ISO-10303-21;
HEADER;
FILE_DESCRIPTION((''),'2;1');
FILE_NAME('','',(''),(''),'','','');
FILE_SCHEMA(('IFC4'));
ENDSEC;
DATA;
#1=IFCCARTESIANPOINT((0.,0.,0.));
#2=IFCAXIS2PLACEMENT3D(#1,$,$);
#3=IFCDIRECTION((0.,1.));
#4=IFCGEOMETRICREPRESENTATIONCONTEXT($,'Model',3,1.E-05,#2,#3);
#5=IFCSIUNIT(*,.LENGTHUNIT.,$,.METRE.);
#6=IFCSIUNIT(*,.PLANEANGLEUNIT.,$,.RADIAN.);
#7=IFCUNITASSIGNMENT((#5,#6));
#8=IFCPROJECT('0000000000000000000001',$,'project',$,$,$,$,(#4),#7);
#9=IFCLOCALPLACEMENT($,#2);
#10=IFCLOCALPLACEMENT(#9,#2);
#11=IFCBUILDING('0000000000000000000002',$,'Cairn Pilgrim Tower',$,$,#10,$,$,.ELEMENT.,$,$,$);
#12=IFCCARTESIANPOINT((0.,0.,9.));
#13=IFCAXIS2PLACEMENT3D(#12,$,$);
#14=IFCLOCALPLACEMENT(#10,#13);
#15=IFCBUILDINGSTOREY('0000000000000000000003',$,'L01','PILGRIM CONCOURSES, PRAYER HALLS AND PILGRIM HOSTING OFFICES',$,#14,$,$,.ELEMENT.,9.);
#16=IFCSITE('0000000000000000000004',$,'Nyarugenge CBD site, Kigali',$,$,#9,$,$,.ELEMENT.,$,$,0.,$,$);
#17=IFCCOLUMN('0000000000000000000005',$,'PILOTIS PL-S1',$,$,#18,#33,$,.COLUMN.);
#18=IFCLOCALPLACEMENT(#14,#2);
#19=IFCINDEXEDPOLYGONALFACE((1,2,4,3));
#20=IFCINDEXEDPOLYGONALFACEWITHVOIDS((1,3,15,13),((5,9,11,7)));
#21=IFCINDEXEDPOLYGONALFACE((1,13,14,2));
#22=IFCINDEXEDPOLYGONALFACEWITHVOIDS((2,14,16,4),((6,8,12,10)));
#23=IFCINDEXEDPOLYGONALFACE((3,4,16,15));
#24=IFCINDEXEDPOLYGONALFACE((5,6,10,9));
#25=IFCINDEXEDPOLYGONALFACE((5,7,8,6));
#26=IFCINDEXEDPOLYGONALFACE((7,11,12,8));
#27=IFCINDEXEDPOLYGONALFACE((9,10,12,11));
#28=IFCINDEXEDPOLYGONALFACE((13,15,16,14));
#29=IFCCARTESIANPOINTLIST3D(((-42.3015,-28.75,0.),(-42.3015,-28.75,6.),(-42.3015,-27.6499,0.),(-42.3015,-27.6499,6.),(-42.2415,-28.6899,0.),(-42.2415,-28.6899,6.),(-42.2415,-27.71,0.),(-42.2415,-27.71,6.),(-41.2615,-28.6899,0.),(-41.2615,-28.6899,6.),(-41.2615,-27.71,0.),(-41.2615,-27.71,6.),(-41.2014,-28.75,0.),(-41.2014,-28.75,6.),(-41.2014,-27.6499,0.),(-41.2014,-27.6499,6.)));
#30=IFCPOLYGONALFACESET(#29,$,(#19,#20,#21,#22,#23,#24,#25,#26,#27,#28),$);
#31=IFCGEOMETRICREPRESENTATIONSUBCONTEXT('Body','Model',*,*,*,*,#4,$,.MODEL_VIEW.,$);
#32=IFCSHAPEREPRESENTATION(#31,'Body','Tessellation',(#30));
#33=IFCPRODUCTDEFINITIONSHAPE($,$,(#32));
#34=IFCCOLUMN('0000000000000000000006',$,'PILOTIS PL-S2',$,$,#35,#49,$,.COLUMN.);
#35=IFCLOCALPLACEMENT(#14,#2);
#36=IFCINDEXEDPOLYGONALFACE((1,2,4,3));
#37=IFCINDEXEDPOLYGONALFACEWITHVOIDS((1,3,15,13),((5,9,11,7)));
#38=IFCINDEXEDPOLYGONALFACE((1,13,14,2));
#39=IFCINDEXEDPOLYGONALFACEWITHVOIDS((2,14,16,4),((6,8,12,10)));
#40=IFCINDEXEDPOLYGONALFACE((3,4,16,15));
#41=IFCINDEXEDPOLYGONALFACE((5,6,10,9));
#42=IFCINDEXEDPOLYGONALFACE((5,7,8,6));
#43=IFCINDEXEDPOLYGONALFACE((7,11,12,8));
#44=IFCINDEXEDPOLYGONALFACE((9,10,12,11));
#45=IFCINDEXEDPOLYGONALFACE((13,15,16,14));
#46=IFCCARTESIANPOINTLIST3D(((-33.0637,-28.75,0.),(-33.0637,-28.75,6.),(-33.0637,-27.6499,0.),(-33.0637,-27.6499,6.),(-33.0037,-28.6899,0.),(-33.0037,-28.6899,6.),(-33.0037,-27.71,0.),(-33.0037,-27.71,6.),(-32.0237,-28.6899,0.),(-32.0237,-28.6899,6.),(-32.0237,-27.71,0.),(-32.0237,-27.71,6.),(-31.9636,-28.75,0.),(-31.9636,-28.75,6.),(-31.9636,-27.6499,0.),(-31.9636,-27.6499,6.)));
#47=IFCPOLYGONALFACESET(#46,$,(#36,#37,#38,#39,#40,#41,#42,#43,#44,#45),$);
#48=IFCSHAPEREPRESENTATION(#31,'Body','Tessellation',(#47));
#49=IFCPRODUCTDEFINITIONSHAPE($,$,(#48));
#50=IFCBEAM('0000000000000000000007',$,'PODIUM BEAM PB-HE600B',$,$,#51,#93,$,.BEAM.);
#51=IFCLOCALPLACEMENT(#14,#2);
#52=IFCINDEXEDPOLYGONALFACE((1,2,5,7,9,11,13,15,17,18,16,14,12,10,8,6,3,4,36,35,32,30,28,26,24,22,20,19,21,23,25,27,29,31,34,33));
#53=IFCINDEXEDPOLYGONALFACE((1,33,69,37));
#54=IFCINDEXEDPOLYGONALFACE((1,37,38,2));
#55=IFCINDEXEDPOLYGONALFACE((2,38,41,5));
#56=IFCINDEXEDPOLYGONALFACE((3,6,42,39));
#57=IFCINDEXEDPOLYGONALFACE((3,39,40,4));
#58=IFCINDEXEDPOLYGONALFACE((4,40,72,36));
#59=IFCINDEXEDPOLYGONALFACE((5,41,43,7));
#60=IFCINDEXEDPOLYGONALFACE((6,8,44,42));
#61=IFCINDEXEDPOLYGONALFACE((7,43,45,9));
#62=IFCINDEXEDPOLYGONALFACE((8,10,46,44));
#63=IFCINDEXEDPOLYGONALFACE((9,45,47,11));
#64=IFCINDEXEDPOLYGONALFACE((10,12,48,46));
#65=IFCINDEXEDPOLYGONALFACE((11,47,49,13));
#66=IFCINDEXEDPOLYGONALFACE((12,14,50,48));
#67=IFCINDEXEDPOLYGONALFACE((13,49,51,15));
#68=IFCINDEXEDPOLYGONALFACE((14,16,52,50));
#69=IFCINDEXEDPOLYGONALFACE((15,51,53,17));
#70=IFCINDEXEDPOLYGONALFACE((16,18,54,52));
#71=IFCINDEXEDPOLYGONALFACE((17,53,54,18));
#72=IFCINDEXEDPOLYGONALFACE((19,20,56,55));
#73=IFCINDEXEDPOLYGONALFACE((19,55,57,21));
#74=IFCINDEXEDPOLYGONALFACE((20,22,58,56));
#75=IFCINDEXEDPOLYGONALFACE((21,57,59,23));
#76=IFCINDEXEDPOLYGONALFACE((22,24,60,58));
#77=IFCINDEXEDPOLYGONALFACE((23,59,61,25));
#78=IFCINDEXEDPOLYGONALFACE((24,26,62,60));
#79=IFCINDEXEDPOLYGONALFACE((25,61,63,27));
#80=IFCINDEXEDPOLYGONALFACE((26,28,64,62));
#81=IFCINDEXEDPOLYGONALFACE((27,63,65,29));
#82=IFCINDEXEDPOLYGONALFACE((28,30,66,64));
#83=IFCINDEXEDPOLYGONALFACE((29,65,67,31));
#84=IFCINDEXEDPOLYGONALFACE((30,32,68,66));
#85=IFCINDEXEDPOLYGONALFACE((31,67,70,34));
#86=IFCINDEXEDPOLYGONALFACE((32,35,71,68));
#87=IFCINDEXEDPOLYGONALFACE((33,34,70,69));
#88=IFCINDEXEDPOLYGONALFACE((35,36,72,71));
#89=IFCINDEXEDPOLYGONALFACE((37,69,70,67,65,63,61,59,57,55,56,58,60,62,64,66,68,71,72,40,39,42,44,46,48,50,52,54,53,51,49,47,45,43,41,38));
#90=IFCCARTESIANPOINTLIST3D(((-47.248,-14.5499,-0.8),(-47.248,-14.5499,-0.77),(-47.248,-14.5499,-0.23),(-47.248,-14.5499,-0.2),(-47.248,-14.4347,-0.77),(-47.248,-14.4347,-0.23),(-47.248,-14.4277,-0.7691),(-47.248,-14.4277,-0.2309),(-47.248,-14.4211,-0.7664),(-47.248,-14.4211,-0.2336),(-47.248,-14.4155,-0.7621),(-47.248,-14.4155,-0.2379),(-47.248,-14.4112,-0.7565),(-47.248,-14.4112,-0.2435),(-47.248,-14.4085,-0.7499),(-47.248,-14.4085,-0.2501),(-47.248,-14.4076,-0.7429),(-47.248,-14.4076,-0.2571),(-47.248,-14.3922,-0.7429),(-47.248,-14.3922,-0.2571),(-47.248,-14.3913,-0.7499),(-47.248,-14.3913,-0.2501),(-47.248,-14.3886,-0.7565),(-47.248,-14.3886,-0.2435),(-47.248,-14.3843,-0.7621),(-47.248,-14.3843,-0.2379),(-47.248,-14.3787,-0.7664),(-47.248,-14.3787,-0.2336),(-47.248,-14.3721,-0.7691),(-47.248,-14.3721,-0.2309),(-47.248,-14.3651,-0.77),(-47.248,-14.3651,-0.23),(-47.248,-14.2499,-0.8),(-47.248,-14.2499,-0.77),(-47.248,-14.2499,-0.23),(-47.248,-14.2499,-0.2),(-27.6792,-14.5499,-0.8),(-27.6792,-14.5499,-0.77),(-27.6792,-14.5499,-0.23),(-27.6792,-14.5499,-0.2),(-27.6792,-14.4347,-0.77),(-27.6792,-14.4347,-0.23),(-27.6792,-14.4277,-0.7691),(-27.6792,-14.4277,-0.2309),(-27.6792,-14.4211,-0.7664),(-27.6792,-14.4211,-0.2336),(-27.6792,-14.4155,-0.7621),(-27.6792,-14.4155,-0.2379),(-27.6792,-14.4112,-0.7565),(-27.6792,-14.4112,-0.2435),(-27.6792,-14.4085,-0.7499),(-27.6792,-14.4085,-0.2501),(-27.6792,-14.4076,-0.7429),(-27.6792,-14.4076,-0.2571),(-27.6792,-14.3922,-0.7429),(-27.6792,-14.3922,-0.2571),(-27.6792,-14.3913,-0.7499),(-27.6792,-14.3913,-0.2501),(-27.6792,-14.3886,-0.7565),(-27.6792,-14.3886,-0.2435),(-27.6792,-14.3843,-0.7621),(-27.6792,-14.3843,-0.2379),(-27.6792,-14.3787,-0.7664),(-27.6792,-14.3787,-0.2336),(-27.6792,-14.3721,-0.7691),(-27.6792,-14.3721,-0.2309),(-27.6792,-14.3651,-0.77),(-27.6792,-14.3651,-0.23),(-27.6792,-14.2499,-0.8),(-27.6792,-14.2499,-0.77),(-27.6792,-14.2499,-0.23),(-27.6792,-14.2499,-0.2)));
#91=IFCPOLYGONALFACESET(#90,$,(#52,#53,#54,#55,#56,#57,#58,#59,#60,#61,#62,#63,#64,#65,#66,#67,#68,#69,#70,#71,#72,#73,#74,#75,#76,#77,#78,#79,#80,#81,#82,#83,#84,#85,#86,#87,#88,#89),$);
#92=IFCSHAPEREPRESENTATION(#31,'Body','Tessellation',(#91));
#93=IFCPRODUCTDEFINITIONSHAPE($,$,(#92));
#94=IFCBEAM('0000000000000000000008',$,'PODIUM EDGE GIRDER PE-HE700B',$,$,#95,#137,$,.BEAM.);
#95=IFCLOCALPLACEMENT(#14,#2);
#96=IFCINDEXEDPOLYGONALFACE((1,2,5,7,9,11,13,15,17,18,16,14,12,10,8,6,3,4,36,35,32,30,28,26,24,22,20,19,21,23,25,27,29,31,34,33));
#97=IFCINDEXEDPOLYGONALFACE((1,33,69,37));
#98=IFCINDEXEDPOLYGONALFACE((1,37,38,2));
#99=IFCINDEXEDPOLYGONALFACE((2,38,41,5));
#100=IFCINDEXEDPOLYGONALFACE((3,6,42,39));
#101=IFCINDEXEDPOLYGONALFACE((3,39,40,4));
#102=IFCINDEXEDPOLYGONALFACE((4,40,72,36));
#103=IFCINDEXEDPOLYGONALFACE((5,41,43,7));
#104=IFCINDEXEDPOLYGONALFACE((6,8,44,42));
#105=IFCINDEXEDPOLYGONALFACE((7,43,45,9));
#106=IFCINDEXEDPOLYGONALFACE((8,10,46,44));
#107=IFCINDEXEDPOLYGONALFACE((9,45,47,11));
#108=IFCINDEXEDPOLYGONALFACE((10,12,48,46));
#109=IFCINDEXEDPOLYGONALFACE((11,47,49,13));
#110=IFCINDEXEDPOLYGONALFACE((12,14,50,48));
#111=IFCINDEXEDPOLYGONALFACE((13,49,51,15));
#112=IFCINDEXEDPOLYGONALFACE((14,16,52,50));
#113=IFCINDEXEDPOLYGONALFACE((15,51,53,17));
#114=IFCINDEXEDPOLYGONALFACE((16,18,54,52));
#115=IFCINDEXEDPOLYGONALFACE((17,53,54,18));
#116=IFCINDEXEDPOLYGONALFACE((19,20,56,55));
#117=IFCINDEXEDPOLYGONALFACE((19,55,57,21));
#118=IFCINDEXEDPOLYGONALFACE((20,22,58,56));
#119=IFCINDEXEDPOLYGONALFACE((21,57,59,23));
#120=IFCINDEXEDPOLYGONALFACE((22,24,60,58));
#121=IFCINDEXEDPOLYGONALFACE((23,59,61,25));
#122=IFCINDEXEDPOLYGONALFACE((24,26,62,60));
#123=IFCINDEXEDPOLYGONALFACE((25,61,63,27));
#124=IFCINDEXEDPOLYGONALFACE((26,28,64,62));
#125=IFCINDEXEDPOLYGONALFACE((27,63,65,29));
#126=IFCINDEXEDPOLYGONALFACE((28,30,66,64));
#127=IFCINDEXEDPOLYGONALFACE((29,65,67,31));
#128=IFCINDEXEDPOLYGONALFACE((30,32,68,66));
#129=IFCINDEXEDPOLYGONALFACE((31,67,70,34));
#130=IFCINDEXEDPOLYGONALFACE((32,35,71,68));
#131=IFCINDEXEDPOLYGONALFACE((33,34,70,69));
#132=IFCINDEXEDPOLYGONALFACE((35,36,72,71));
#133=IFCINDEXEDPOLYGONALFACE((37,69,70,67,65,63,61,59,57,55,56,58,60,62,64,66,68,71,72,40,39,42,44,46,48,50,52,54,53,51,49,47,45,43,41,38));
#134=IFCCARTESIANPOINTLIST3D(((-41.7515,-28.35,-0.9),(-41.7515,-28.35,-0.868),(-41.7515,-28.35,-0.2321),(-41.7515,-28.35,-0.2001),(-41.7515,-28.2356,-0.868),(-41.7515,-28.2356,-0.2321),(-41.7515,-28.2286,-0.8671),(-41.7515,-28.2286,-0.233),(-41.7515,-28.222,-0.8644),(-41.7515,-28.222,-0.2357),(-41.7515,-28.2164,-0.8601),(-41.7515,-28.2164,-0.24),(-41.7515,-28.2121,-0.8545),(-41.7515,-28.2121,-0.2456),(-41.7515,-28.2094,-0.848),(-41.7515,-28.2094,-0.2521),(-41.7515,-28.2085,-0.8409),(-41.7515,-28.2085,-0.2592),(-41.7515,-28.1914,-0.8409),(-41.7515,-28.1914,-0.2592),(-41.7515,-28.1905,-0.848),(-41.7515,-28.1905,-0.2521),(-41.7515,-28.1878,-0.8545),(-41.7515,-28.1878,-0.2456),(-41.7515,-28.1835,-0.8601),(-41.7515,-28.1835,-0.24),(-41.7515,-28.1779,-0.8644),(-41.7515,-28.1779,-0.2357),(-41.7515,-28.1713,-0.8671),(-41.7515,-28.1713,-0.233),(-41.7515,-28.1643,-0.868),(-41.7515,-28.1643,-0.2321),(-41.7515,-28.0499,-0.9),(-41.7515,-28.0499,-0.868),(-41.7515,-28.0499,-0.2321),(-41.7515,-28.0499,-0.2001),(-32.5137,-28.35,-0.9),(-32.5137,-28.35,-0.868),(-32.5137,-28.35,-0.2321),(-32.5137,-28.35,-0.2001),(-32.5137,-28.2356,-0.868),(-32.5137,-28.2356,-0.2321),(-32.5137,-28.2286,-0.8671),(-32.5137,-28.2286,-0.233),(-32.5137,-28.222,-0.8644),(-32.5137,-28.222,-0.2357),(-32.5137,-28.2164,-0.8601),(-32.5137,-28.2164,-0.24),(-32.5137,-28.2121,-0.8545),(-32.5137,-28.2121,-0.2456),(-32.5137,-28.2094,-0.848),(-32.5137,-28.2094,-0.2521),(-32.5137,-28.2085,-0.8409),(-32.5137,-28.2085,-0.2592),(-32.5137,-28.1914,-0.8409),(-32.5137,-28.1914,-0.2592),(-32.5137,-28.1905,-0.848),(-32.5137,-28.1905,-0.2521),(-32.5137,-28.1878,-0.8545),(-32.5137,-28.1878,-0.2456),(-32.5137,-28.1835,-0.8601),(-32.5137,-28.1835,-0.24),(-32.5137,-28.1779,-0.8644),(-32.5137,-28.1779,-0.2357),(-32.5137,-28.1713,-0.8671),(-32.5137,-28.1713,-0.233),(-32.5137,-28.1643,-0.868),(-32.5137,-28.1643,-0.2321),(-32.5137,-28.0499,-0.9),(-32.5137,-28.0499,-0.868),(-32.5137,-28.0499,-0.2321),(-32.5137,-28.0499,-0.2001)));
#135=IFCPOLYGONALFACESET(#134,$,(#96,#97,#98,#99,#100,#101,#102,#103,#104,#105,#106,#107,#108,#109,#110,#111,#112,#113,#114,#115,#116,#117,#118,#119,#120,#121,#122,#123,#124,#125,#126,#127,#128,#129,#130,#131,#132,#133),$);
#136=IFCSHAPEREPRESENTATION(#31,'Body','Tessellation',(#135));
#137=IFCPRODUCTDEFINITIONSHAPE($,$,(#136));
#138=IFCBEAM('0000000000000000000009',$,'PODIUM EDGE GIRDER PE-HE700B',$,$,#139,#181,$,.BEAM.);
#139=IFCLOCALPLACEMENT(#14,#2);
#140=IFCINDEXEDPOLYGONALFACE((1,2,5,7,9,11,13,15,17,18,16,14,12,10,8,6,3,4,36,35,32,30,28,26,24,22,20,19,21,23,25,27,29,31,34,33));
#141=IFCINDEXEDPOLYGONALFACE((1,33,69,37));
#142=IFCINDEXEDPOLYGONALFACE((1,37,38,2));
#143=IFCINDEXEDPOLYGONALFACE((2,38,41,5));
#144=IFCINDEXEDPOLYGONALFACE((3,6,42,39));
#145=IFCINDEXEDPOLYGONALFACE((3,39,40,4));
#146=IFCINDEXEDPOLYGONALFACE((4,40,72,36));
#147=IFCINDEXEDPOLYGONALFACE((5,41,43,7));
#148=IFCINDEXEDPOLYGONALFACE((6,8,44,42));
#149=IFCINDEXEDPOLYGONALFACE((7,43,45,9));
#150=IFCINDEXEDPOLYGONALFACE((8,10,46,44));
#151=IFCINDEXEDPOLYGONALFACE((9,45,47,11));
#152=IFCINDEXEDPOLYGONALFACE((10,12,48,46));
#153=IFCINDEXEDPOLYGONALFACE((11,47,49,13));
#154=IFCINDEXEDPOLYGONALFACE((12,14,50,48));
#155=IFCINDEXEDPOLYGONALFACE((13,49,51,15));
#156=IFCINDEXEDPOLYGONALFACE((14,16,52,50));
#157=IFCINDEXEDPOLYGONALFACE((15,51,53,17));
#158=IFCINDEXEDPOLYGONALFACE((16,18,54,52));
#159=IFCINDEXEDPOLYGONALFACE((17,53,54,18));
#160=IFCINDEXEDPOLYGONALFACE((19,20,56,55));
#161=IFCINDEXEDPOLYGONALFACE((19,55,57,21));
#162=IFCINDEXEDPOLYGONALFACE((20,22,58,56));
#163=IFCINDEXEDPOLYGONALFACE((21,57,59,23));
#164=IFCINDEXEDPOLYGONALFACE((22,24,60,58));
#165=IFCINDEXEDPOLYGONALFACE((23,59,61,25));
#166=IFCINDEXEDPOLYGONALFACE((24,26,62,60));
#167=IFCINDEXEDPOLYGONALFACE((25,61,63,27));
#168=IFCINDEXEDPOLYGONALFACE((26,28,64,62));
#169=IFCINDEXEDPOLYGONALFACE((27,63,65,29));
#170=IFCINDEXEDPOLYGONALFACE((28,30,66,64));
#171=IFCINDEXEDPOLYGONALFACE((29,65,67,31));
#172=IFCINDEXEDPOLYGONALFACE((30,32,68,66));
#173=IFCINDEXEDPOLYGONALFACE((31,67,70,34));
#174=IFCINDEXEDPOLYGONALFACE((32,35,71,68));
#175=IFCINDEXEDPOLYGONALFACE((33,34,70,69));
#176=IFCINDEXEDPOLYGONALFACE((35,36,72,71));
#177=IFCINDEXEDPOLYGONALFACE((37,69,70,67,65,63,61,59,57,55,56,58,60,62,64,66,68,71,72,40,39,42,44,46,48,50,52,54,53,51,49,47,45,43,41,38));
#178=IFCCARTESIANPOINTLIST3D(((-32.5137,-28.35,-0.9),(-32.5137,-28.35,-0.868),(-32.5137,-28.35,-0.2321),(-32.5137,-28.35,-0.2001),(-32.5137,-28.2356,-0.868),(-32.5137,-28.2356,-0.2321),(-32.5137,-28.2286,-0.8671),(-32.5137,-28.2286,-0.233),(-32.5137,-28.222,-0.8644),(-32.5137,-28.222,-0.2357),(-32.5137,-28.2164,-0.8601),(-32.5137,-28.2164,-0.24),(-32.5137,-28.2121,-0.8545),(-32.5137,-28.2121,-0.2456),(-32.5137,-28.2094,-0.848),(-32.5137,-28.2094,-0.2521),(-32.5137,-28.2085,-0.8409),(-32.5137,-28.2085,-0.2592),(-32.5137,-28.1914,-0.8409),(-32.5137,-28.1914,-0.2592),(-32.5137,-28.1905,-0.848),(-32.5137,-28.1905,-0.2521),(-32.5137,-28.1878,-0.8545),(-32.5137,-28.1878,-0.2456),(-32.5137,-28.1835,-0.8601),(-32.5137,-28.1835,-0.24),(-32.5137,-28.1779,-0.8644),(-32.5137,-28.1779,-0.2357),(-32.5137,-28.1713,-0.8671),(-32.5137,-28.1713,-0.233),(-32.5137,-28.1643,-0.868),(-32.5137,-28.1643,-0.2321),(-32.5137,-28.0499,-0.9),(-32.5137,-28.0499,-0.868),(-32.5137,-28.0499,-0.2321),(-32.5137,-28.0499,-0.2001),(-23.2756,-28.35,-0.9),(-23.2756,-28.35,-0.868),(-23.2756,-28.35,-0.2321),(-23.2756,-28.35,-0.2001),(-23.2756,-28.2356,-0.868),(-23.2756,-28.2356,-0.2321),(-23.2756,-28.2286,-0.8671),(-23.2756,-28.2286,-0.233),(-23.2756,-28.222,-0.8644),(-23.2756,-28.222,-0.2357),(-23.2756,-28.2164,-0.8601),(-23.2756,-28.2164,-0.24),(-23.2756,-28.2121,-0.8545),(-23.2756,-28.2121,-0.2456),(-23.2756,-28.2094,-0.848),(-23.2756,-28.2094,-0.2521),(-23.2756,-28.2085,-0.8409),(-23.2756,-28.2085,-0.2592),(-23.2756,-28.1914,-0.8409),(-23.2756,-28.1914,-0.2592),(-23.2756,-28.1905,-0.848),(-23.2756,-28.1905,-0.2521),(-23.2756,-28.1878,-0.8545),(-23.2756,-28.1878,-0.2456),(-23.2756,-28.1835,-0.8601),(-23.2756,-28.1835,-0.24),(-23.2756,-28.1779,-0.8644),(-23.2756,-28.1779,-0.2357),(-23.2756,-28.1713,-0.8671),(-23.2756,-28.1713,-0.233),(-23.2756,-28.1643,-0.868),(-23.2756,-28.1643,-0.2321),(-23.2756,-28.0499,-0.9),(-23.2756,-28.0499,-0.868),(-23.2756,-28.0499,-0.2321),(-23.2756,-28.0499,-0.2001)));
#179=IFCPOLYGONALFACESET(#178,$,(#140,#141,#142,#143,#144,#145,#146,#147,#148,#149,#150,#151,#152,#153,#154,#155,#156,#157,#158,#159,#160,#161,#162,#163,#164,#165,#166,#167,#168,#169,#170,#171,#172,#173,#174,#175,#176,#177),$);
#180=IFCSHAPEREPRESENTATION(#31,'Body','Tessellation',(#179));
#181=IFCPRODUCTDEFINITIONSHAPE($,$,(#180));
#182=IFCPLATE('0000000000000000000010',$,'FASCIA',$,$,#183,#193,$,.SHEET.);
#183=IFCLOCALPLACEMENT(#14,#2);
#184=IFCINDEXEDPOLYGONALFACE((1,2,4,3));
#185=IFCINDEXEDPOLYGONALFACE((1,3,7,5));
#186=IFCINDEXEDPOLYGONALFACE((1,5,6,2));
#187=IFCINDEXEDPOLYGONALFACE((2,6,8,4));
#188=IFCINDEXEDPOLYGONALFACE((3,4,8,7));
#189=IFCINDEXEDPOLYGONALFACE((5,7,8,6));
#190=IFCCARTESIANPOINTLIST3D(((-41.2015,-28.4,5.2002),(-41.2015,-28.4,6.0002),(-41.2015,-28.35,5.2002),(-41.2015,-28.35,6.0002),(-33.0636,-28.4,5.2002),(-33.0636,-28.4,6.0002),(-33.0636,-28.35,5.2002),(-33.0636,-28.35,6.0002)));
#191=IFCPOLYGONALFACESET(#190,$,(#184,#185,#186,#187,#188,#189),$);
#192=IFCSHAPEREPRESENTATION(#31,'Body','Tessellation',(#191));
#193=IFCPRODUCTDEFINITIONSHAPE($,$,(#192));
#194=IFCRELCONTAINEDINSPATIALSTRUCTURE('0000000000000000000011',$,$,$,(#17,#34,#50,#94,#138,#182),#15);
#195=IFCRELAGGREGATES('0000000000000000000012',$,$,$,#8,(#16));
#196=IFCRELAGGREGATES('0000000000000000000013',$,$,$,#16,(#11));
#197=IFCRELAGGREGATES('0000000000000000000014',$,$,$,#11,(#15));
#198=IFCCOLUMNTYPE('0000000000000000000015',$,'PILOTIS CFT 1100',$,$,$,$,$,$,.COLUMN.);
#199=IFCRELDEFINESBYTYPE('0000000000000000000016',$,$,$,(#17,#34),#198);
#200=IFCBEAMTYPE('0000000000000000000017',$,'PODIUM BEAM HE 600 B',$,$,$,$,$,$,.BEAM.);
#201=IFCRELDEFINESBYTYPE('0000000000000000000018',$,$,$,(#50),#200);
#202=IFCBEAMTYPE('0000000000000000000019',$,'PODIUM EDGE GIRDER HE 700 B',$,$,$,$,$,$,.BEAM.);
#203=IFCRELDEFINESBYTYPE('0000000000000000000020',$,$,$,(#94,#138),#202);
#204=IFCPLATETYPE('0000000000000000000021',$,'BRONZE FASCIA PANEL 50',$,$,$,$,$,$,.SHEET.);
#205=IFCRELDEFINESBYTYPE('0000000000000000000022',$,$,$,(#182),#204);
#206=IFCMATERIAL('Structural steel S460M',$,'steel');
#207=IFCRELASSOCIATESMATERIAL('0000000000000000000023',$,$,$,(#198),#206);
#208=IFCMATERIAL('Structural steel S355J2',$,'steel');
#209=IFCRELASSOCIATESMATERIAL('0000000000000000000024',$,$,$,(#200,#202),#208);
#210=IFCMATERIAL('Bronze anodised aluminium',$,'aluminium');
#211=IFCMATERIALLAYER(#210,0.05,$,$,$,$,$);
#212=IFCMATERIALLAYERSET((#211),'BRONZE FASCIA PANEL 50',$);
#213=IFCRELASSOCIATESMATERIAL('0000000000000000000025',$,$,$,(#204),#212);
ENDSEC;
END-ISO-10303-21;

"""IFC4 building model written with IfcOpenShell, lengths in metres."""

from ifc_helpers import new_model, si_unit, direction, frame, origin, origin_2d, place, context, subcontext, project, spatial, rectangle, hollow_rectangle, i_section, extrude, material, layer, layer_set, material_profile, profile_set, type_object, element, save


model = new_model("IFC4")

# Units and contexts
model_context = context("Model", 3, precision=1e-05, world=origin(), true_north=direction((0.0, 1.0)))
body_context = subcontext(model_context, "Body", "Model", "MODEL_VIEW")
ifc_project = project(units=[si_unit("LENGTHUNIT", "METRE"), si_unit("PLANEANGLEUNIT", "RADIAN")], contexts=[model_context])

# Site, building, storey
site_placement = place(None, origin())
site = spatial("IfcSite", under=ifc_project, at=site_placement, Name="Nyarugenge CBD site, Kigali", CompositionType="ELEMENT", RefElevation=0.0)
building_placement = place(site_placement, origin())
building = spatial("IfcBuilding", under=site, at=building_placement, Name="Cairn Pilgrim Tower", CompositionType="ELEMENT")
storey_placement = place(building_placement, frame((0.0, 0.0, 9.0)))
storey = spatial("IfcBuildingStorey", under=building, at=storey_placement, Name="L01", Description="PILGRIM CONCOURSES, PRAYER HALLS AND PILGRIM HOSTING OFFICES", CompositionType="ELEMENT", Elevation=9.0)

# Columns
ifc_material_1 = material(Name="Structural steel S460M", Category="steel")
ifc_material_profile_1 = material_profile(ifc_material_1, hollow_rectangle(XDim=1.1001, YDim=1.1001, WallThickness=0.0601, at=origin_2d()), Name="BOX 1100x1100x60")
ifc_profile_set_1 = profile_set([ifc_material_profile_1], Name="Structural steel S460M")
column_type = type_object("IfcColumnType", Name="PILOTIS CFT 1100", PredefinedType="COLUMN", material=ifc_profile_set_1)
for number, where, z_axis, x_axis, name in (
    (1, (-41.7515, -28.2, 0.0), (0.0, 0.0, 1.0), (1.0, 0.0, 0.0), "PILOTIS PL-S1"),
    (2, (-32.5137, -28.2, 0.0), (0.0, 0.0, 1.0), (1.0, 0.0, 0.0), "PILOTIS PL-S2"),
):
    element("IfcColumn", number, at=place(storey_placement, frame(where, z_axis=z_axis, x_axis=x_axis)), inside=storey, type_object=column_type, Name=name, PredefinedType="COLUMN", context=body_context, shape_type="SweptSolid", body=[
        extrude(hollow_rectangle(XDim=1.1001, YDim=1.1001, WallThickness=0.0601, at=origin_2d()), origin(), (0.0, 0.0, 1.0), 6.0),
    ])

# Beams
ifc_material_2 = material(Name="Structural steel S355J2", Category="steel")
ifc_material_profile_2 = material_profile(ifc_material_2, i_section(OverallWidth=0.3, OverallDepth=0.6001, WebThickness=0.0154, FlangeThickness=0.03, FilletRadius=0.0271, at=origin_2d()), Name="HEB 600")
ifc_profile_set_2 = profile_set([ifc_material_profile_2], Name="Structural steel S355J2")
beam_type_1 = type_object("IfcBeamType", Name="PODIUM BEAM HE 600 B", PredefinedType="BEAM", material=ifc_profile_set_2)
beam_1_placement = place(storey_placement, frame((-47.248, -14.3999, -0.5), z_axis=(1.0, 0.0, 0.0), x_axis=(0.0, 1.0, 0.0)))
element("IfcBeam", 3, at=beam_1_placement, inside=storey, type_object=beam_type_1, Name="PODIUM BEAM PB-HE600B", PredefinedType="BEAM", context=body_context, shape_type="SweptSolid", body=[
    extrude(i_section(OverallWidth=0.3, OverallDepth=0.6001, WebThickness=0.0154, FlangeThickness=0.03, FilletRadius=0.0271, at=origin_2d()), origin(), (0.0, 0.0, 1.0), 19.5688),
])
ifc_material_profile_3 = material_profile(ifc_material_2, i_section(OverallWidth=0.3, OverallDepth=0.7, WebThickness=0.0171, FlangeThickness=0.032, FilletRadius=0.0271, at=origin_2d()), Name="HEB 700")
ifc_profile_set_3 = profile_set([ifc_material_profile_3], Name="Structural steel S355J2")
beam_type_2 = type_object("IfcBeamType", Name="PODIUM EDGE GIRDER HE 700 B", PredefinedType="BEAM", material=ifc_profile_set_3)
beam_2_placement = place(storey_placement, frame((-41.7515, -28.2, -0.55), z_axis=(1.0, 0.0, 0.0), x_axis=(0.0, 1.0, 0.0)))
element("IfcBeam", 4, at=beam_2_placement, inside=storey, type_object=beam_type_2, Name="PODIUM EDGE GIRDER PE-HE700B", PredefinedType="BEAM", context=body_context, shape_type="SweptSolid", body=[
    extrude(i_section(OverallWidth=0.3, OverallDepth=0.7, WebThickness=0.0171, FlangeThickness=0.032, FilletRadius=0.0271, at=origin_2d()), origin(), (0.0, 0.0, 1.0), 9.2378),
])
beam_3_placement = place(storey_placement, frame((-32.5137, -28.2, -0.55), z_axis=(1.0, 0.0, 0.0), x_axis=(0.0, 1.0, 0.0)))
element("IfcBeam", 5, at=beam_3_placement, inside=storey, type_object=beam_type_2, Name="PODIUM EDGE GIRDER PE-HE700B", PredefinedType="BEAM", context=body_context, shape_type="SweptSolid", body=[
    extrude(i_section(OverallWidth=0.3, OverallDepth=0.7, WebThickness=0.0171, FlangeThickness=0.032, FilletRadius=0.0271, at=origin_2d()), origin(), (0.0, 0.0, 1.0), 9.238),
])

# Plate
ifc_material_3 = material(Name="Bronze anodised aluminium", Category="aluminium")
ifc_layer_1 = layer(ifc_material_3, 0.05)
ifc_layer_set_1 = layer_set([ifc_layer_1], Name="BRONZE FASCIA PANEL 50")
plate_type_1 = type_object("IfcPlateType", Name="BRONZE FASCIA PANEL 50", PredefinedType="SHEET", material=ifc_layer_set_1)
plate_1_placement = place(storey_placement, frame((-37.1326, -28.375, 5.2002), z_axis=(0.0, 0.0, 1.0), x_axis=(1.0, 0.0, 0.0)))
element("IfcPlate", 6, at=plate_1_placement, inside=storey, type_object=plate_type_1, Name="FASCIA", PredefinedType="SHEET", context=body_context, shape_type="SweptSolid", body=[
    extrude(rectangle(XDim=8.1379, YDim=0.05, at=origin_2d()), origin(), (0.0, 0.0, 1.0), 0.8),
])

save(model, "model.ifc")
